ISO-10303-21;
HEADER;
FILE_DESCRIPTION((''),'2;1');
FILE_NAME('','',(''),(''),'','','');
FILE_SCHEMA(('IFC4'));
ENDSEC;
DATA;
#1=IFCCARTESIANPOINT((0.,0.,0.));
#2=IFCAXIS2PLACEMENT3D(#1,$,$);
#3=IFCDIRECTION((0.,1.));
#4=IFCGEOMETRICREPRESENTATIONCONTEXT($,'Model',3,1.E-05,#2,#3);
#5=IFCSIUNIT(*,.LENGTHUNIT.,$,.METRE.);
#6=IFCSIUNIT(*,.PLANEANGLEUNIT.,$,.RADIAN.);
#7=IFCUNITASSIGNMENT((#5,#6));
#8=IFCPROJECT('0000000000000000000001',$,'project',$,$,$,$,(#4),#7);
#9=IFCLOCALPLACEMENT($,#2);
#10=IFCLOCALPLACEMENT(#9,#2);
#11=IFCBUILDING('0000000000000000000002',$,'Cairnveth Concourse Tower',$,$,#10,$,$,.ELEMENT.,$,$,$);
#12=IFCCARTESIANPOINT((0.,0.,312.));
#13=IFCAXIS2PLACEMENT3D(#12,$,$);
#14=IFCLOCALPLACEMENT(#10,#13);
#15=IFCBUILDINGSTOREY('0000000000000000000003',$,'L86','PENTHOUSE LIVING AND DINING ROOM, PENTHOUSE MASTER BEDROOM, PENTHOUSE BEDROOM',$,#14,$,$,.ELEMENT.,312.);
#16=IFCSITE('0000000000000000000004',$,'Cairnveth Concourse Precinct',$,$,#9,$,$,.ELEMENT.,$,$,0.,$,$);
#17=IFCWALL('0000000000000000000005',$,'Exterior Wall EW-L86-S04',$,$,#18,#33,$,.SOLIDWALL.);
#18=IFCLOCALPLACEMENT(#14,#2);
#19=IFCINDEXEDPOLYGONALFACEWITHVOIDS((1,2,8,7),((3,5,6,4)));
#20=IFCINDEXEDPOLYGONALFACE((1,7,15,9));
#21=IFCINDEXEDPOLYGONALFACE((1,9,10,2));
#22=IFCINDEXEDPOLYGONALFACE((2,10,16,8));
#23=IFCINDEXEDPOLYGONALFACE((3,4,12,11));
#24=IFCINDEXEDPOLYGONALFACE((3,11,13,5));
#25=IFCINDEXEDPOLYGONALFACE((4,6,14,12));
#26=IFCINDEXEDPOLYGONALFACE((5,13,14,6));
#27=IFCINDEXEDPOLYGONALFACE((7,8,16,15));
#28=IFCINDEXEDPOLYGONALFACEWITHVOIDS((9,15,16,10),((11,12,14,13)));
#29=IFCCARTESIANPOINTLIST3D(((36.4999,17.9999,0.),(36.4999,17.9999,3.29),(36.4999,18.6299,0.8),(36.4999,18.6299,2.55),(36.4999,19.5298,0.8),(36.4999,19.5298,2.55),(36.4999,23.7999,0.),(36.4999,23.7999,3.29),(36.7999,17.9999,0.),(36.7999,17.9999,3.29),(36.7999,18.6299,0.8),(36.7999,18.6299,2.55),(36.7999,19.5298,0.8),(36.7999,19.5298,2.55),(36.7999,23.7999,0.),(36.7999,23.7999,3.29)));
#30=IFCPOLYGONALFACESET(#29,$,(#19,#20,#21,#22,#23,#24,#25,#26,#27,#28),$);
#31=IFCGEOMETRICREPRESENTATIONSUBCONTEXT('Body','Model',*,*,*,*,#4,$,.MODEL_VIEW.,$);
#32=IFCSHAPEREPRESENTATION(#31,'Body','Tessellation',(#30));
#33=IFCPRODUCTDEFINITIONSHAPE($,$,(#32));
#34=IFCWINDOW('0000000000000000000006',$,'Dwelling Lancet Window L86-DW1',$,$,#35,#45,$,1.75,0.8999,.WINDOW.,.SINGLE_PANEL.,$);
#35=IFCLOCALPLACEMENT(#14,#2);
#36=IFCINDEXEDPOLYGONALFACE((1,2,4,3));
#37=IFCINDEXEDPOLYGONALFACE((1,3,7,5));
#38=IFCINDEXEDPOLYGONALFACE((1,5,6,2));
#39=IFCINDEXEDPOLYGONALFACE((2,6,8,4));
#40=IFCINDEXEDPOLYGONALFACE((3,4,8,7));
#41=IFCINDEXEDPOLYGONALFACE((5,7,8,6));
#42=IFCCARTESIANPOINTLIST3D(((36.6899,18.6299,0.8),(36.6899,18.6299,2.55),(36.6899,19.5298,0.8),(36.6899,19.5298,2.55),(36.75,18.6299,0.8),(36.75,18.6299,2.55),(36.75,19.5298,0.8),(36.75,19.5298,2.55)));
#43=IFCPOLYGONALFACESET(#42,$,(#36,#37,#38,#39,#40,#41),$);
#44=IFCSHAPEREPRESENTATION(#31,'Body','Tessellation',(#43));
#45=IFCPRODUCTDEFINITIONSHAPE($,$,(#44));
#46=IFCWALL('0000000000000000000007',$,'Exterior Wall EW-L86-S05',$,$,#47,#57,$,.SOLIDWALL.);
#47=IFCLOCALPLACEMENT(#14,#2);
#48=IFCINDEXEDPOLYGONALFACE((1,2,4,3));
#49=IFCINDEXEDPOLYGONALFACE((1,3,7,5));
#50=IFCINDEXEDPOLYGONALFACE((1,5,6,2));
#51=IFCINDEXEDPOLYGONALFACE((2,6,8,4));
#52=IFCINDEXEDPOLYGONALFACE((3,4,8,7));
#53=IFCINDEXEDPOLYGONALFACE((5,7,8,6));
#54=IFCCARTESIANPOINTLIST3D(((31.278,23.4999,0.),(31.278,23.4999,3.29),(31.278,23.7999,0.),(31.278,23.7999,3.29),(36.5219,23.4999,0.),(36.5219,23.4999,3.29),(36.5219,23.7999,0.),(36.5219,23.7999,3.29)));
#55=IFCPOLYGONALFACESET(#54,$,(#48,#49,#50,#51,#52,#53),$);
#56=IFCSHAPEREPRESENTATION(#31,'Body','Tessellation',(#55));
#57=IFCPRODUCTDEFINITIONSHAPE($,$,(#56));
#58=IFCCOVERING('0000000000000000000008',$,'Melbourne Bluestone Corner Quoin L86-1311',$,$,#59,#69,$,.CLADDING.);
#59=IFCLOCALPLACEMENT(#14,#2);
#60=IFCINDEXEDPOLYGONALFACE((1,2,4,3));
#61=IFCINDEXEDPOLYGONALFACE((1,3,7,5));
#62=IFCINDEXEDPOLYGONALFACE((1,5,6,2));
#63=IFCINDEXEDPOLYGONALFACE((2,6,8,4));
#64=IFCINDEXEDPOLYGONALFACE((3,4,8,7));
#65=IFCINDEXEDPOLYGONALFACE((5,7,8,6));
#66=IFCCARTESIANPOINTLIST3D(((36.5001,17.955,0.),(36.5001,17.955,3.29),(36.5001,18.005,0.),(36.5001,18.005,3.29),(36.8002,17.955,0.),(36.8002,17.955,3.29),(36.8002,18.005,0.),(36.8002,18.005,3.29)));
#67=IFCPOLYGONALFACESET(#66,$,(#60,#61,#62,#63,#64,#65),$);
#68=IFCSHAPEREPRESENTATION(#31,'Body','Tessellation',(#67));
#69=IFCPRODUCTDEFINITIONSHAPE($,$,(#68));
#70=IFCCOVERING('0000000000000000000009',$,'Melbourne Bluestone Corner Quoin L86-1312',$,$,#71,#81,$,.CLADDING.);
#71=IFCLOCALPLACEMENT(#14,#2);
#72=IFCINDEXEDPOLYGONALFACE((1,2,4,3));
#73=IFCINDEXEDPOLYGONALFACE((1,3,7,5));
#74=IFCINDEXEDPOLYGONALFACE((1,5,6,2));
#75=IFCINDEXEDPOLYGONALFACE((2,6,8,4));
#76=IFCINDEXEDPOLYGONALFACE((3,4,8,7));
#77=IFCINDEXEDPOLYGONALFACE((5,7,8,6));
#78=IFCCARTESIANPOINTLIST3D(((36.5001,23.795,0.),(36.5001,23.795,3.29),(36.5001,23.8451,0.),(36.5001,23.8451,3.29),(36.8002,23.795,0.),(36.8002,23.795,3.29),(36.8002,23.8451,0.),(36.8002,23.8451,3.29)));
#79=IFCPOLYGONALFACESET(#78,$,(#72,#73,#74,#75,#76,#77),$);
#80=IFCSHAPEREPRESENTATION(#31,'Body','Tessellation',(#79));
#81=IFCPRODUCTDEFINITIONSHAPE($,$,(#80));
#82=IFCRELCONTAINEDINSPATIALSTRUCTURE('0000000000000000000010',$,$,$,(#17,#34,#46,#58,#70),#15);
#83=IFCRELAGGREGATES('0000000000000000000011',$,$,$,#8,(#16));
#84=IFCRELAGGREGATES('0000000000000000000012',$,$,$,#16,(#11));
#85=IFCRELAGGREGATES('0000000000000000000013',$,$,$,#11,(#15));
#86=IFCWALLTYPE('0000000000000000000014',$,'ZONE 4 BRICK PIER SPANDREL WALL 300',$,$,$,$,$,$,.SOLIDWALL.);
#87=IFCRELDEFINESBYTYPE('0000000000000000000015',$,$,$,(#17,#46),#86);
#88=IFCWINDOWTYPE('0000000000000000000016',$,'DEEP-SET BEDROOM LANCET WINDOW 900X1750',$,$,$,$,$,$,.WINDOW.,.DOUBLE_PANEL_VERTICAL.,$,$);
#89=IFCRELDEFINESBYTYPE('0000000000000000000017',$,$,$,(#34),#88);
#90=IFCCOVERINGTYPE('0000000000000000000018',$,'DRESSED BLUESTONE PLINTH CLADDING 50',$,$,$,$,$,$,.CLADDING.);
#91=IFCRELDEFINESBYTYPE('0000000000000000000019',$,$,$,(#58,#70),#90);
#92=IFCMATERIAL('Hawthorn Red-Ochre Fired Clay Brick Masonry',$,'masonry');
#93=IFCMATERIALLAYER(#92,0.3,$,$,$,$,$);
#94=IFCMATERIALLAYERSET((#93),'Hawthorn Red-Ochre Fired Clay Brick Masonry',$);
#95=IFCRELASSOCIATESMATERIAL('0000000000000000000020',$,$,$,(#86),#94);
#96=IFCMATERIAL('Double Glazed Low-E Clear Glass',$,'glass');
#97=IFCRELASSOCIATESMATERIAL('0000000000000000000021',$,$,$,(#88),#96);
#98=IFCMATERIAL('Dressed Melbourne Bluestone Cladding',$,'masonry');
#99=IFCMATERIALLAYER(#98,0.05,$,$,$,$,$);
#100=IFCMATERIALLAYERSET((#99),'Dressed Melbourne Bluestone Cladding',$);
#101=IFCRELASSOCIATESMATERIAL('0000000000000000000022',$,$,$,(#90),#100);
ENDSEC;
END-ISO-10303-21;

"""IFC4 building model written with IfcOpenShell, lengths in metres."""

from ifc_helpers import new_model, si_unit, direction, frame, frame_2d, origin, place, context, subcontext, project, spatial, rectangle, extrude, material, layer, layer_set, type_object, element, fill, save


model = new_model("IFC4")

# Units and contexts
model_context = context("Model", 3, precision=1e-05, world=origin(), true_north=direction((0.0, 1.0)))
body_context = subcontext(model_context, "Body", "Model", "MODEL_VIEW")
ifc_project = project(units=[si_unit("LENGTHUNIT", "METRE"), si_unit("PLANEANGLEUNIT", "RADIAN")], contexts=[model_context])

# Site, building, storey
site_placement = place(None, origin())
site = spatial("IfcSite", under=ifc_project, at=site_placement, Name="Cairnveth Concourse Precinct", CompositionType="ELEMENT", RefElevation=0.0)
building_placement = place(site_placement, origin())
building = spatial("IfcBuilding", under=site, at=building_placement, Name="Cairnveth Concourse Tower", CompositionType="ELEMENT")
storey_placement = place(building_placement, frame((0.0, 0.0, 312.0)))
storey = spatial("IfcBuildingStorey", under=building, at=storey_placement, Name="L86", Description="PENTHOUSE LIVING AND DINING ROOM, PENTHOUSE MASTER BEDROOM, PENTHOUSE BEDROOM", CompositionType="ELEMENT", Elevation=312.0)

# Wall, opening, window
ifc_material_1 = material(Name="Hawthorn Red-Ochre Fired Clay Brick Masonry", Category="masonry")
ifc_layer_1 = layer(ifc_material_1, 0.3)
ifc_layer_set_1 = layer_set([ifc_layer_1], Name="Hawthorn Red-Ochre Fired Clay Brick Masonry")
wall_type_1 = type_object("IfcWallType", Name="ZONE 4 BRICK PIER SPANDREL WALL 300", PredefinedType="SOLIDWALL", material=ifc_layer_set_1)
wall_1_placement = place(storey_placement, frame((36.6499, 18.0, 0.0), z_axis=(0.0, 0.0, 1.0), x_axis=(0.0, 1.0, 0.0)))
wall_1 = element("IfcWall", 1, at=wall_1_placement, inside=storey, type_object=wall_type_1, Name="Exterior Wall EW-L86-S04", PredefinedType="SOLIDWALL", context=body_context, shape_type="SweptSolid", body=[
    extrude(rectangle(XDim=5.8, YDim=0.3, at=frame_2d((2.8999, 0.0))), origin(), (0.0, 0.0, 1.0), 3.29),
])
opening_1_placement = place(wall_1_placement, frame((0.6299, 0.0, 0.8)))
opening_1 = element("IfcOpeningElement", 2, at=opening_1_placement, cuts=wall_1, PredefinedType="OPENING", context=body_context, shape_type="SweptSolid", body=[
    extrude(rectangle(XDim=0.8999, YDim=1.75, at=frame_2d((0.45, 0.875))), frame((0.0, 0.1599, 0.0), z_axis=(0.0, -1.0, 0.0), x_axis=(1.0, 0.0, 0.0)), (0.0, 0.0, 1.0), 0.3201),
])
ifc_material_2 = material(Name="Double Glazed Low-E Clear Glass", Category="glass")
window_type = type_object("IfcWindowType", Name="DEEP-SET BEDROOM LANCET WINDOW 900X1750", PartitioningType="DOUBLE_PANEL_VERTICAL", PredefinedType="WINDOW", material=ifc_material_2)
window_placement = place(opening_1_placement, origin())
window = element("IfcWindow", 3, at=window_placement, inside=storey, type_object=window_type, Name="Dwelling Lancet Window L86-DW1", OverallHeight=1.75, OverallWidth=0.8999, PartitioningType="SINGLE_PANEL", PredefinedType="WINDOW", context=body_context, shape_type="SweptSolid", body=[
    extrude(rectangle(XDim=0.8999, YDim=1.75, at=frame_2d((0.45, 0.875))), frame((0.0, -0.04, 0.0), z_axis=(0.0, -1.0, 0.0), x_axis=(1.0, 0.0, 0.0)), (0.0, 0.0, 1.0), 0.0601),
])
fill(opening_1, window)

# Wall
wall_2_placement = place(storey_placement, frame((36.522, 23.6499, 0.0), z_axis=(0.0, 0.0, 1.0), x_axis=(-1.0, 0.0, 0.0)))
element("IfcWall", 4, at=wall_2_placement, inside=storey, type_object=wall_type_1, Name="Exterior Wall EW-L86-S05", PredefinedType="SOLIDWALL", context=body_context, shape_type="SweptSolid", body=[
    extrude(rectangle(XDim=5.2439, YDim=0.3, at=frame_2d((2.6221, 0.0))), origin(), (0.0, 0.0, 1.0), 3.29),
])

# Coverings
ifc_material_3 = material(Name="Dressed Melbourne Bluestone Cladding", Category="masonry")
ifc_layer_2 = layer(ifc_material_3, 0.05)
ifc_layer_set_2 = layer_set([ifc_layer_2], Name="Dressed Melbourne Bluestone Cladding")
covering_type = type_object("IfcCoveringType", Name="DRESSED BLUESTONE PLINTH CLADDING 50", PredefinedType="CLADDING", material=ifc_layer_set_2)
for number, where, z_axis, x_axis, name in (
    (5, (36.8, 17.98, 0.0), (0.0, 0.0, 1.0), (-1.0, 0.0, 0.0), "Melbourne Bluestone Corner Quoin L86-1311"),
    (6, (36.8, 23.8201, 0.0), (0.0, 0.0, 1.0), (-1.0, 0.0, 0.0), "Melbourne Bluestone Corner Quoin L86-1312"),
):
    element("IfcCovering", number, at=place(storey_placement, frame(where, z_axis=z_axis, x_axis=x_axis)), inside=storey, type_object=covering_type, Name=name, PredefinedType="CLADDING", context=body_context, shape_type="SweptSolid", body=[
        extrude(rectangle(XDim=0.3, YDim=0.05, at=frame_2d((0.1499, 0.0))), origin(), (0.0, 0.0, 1.0), 3.29),
    ])

save(model, "model.ifc")
